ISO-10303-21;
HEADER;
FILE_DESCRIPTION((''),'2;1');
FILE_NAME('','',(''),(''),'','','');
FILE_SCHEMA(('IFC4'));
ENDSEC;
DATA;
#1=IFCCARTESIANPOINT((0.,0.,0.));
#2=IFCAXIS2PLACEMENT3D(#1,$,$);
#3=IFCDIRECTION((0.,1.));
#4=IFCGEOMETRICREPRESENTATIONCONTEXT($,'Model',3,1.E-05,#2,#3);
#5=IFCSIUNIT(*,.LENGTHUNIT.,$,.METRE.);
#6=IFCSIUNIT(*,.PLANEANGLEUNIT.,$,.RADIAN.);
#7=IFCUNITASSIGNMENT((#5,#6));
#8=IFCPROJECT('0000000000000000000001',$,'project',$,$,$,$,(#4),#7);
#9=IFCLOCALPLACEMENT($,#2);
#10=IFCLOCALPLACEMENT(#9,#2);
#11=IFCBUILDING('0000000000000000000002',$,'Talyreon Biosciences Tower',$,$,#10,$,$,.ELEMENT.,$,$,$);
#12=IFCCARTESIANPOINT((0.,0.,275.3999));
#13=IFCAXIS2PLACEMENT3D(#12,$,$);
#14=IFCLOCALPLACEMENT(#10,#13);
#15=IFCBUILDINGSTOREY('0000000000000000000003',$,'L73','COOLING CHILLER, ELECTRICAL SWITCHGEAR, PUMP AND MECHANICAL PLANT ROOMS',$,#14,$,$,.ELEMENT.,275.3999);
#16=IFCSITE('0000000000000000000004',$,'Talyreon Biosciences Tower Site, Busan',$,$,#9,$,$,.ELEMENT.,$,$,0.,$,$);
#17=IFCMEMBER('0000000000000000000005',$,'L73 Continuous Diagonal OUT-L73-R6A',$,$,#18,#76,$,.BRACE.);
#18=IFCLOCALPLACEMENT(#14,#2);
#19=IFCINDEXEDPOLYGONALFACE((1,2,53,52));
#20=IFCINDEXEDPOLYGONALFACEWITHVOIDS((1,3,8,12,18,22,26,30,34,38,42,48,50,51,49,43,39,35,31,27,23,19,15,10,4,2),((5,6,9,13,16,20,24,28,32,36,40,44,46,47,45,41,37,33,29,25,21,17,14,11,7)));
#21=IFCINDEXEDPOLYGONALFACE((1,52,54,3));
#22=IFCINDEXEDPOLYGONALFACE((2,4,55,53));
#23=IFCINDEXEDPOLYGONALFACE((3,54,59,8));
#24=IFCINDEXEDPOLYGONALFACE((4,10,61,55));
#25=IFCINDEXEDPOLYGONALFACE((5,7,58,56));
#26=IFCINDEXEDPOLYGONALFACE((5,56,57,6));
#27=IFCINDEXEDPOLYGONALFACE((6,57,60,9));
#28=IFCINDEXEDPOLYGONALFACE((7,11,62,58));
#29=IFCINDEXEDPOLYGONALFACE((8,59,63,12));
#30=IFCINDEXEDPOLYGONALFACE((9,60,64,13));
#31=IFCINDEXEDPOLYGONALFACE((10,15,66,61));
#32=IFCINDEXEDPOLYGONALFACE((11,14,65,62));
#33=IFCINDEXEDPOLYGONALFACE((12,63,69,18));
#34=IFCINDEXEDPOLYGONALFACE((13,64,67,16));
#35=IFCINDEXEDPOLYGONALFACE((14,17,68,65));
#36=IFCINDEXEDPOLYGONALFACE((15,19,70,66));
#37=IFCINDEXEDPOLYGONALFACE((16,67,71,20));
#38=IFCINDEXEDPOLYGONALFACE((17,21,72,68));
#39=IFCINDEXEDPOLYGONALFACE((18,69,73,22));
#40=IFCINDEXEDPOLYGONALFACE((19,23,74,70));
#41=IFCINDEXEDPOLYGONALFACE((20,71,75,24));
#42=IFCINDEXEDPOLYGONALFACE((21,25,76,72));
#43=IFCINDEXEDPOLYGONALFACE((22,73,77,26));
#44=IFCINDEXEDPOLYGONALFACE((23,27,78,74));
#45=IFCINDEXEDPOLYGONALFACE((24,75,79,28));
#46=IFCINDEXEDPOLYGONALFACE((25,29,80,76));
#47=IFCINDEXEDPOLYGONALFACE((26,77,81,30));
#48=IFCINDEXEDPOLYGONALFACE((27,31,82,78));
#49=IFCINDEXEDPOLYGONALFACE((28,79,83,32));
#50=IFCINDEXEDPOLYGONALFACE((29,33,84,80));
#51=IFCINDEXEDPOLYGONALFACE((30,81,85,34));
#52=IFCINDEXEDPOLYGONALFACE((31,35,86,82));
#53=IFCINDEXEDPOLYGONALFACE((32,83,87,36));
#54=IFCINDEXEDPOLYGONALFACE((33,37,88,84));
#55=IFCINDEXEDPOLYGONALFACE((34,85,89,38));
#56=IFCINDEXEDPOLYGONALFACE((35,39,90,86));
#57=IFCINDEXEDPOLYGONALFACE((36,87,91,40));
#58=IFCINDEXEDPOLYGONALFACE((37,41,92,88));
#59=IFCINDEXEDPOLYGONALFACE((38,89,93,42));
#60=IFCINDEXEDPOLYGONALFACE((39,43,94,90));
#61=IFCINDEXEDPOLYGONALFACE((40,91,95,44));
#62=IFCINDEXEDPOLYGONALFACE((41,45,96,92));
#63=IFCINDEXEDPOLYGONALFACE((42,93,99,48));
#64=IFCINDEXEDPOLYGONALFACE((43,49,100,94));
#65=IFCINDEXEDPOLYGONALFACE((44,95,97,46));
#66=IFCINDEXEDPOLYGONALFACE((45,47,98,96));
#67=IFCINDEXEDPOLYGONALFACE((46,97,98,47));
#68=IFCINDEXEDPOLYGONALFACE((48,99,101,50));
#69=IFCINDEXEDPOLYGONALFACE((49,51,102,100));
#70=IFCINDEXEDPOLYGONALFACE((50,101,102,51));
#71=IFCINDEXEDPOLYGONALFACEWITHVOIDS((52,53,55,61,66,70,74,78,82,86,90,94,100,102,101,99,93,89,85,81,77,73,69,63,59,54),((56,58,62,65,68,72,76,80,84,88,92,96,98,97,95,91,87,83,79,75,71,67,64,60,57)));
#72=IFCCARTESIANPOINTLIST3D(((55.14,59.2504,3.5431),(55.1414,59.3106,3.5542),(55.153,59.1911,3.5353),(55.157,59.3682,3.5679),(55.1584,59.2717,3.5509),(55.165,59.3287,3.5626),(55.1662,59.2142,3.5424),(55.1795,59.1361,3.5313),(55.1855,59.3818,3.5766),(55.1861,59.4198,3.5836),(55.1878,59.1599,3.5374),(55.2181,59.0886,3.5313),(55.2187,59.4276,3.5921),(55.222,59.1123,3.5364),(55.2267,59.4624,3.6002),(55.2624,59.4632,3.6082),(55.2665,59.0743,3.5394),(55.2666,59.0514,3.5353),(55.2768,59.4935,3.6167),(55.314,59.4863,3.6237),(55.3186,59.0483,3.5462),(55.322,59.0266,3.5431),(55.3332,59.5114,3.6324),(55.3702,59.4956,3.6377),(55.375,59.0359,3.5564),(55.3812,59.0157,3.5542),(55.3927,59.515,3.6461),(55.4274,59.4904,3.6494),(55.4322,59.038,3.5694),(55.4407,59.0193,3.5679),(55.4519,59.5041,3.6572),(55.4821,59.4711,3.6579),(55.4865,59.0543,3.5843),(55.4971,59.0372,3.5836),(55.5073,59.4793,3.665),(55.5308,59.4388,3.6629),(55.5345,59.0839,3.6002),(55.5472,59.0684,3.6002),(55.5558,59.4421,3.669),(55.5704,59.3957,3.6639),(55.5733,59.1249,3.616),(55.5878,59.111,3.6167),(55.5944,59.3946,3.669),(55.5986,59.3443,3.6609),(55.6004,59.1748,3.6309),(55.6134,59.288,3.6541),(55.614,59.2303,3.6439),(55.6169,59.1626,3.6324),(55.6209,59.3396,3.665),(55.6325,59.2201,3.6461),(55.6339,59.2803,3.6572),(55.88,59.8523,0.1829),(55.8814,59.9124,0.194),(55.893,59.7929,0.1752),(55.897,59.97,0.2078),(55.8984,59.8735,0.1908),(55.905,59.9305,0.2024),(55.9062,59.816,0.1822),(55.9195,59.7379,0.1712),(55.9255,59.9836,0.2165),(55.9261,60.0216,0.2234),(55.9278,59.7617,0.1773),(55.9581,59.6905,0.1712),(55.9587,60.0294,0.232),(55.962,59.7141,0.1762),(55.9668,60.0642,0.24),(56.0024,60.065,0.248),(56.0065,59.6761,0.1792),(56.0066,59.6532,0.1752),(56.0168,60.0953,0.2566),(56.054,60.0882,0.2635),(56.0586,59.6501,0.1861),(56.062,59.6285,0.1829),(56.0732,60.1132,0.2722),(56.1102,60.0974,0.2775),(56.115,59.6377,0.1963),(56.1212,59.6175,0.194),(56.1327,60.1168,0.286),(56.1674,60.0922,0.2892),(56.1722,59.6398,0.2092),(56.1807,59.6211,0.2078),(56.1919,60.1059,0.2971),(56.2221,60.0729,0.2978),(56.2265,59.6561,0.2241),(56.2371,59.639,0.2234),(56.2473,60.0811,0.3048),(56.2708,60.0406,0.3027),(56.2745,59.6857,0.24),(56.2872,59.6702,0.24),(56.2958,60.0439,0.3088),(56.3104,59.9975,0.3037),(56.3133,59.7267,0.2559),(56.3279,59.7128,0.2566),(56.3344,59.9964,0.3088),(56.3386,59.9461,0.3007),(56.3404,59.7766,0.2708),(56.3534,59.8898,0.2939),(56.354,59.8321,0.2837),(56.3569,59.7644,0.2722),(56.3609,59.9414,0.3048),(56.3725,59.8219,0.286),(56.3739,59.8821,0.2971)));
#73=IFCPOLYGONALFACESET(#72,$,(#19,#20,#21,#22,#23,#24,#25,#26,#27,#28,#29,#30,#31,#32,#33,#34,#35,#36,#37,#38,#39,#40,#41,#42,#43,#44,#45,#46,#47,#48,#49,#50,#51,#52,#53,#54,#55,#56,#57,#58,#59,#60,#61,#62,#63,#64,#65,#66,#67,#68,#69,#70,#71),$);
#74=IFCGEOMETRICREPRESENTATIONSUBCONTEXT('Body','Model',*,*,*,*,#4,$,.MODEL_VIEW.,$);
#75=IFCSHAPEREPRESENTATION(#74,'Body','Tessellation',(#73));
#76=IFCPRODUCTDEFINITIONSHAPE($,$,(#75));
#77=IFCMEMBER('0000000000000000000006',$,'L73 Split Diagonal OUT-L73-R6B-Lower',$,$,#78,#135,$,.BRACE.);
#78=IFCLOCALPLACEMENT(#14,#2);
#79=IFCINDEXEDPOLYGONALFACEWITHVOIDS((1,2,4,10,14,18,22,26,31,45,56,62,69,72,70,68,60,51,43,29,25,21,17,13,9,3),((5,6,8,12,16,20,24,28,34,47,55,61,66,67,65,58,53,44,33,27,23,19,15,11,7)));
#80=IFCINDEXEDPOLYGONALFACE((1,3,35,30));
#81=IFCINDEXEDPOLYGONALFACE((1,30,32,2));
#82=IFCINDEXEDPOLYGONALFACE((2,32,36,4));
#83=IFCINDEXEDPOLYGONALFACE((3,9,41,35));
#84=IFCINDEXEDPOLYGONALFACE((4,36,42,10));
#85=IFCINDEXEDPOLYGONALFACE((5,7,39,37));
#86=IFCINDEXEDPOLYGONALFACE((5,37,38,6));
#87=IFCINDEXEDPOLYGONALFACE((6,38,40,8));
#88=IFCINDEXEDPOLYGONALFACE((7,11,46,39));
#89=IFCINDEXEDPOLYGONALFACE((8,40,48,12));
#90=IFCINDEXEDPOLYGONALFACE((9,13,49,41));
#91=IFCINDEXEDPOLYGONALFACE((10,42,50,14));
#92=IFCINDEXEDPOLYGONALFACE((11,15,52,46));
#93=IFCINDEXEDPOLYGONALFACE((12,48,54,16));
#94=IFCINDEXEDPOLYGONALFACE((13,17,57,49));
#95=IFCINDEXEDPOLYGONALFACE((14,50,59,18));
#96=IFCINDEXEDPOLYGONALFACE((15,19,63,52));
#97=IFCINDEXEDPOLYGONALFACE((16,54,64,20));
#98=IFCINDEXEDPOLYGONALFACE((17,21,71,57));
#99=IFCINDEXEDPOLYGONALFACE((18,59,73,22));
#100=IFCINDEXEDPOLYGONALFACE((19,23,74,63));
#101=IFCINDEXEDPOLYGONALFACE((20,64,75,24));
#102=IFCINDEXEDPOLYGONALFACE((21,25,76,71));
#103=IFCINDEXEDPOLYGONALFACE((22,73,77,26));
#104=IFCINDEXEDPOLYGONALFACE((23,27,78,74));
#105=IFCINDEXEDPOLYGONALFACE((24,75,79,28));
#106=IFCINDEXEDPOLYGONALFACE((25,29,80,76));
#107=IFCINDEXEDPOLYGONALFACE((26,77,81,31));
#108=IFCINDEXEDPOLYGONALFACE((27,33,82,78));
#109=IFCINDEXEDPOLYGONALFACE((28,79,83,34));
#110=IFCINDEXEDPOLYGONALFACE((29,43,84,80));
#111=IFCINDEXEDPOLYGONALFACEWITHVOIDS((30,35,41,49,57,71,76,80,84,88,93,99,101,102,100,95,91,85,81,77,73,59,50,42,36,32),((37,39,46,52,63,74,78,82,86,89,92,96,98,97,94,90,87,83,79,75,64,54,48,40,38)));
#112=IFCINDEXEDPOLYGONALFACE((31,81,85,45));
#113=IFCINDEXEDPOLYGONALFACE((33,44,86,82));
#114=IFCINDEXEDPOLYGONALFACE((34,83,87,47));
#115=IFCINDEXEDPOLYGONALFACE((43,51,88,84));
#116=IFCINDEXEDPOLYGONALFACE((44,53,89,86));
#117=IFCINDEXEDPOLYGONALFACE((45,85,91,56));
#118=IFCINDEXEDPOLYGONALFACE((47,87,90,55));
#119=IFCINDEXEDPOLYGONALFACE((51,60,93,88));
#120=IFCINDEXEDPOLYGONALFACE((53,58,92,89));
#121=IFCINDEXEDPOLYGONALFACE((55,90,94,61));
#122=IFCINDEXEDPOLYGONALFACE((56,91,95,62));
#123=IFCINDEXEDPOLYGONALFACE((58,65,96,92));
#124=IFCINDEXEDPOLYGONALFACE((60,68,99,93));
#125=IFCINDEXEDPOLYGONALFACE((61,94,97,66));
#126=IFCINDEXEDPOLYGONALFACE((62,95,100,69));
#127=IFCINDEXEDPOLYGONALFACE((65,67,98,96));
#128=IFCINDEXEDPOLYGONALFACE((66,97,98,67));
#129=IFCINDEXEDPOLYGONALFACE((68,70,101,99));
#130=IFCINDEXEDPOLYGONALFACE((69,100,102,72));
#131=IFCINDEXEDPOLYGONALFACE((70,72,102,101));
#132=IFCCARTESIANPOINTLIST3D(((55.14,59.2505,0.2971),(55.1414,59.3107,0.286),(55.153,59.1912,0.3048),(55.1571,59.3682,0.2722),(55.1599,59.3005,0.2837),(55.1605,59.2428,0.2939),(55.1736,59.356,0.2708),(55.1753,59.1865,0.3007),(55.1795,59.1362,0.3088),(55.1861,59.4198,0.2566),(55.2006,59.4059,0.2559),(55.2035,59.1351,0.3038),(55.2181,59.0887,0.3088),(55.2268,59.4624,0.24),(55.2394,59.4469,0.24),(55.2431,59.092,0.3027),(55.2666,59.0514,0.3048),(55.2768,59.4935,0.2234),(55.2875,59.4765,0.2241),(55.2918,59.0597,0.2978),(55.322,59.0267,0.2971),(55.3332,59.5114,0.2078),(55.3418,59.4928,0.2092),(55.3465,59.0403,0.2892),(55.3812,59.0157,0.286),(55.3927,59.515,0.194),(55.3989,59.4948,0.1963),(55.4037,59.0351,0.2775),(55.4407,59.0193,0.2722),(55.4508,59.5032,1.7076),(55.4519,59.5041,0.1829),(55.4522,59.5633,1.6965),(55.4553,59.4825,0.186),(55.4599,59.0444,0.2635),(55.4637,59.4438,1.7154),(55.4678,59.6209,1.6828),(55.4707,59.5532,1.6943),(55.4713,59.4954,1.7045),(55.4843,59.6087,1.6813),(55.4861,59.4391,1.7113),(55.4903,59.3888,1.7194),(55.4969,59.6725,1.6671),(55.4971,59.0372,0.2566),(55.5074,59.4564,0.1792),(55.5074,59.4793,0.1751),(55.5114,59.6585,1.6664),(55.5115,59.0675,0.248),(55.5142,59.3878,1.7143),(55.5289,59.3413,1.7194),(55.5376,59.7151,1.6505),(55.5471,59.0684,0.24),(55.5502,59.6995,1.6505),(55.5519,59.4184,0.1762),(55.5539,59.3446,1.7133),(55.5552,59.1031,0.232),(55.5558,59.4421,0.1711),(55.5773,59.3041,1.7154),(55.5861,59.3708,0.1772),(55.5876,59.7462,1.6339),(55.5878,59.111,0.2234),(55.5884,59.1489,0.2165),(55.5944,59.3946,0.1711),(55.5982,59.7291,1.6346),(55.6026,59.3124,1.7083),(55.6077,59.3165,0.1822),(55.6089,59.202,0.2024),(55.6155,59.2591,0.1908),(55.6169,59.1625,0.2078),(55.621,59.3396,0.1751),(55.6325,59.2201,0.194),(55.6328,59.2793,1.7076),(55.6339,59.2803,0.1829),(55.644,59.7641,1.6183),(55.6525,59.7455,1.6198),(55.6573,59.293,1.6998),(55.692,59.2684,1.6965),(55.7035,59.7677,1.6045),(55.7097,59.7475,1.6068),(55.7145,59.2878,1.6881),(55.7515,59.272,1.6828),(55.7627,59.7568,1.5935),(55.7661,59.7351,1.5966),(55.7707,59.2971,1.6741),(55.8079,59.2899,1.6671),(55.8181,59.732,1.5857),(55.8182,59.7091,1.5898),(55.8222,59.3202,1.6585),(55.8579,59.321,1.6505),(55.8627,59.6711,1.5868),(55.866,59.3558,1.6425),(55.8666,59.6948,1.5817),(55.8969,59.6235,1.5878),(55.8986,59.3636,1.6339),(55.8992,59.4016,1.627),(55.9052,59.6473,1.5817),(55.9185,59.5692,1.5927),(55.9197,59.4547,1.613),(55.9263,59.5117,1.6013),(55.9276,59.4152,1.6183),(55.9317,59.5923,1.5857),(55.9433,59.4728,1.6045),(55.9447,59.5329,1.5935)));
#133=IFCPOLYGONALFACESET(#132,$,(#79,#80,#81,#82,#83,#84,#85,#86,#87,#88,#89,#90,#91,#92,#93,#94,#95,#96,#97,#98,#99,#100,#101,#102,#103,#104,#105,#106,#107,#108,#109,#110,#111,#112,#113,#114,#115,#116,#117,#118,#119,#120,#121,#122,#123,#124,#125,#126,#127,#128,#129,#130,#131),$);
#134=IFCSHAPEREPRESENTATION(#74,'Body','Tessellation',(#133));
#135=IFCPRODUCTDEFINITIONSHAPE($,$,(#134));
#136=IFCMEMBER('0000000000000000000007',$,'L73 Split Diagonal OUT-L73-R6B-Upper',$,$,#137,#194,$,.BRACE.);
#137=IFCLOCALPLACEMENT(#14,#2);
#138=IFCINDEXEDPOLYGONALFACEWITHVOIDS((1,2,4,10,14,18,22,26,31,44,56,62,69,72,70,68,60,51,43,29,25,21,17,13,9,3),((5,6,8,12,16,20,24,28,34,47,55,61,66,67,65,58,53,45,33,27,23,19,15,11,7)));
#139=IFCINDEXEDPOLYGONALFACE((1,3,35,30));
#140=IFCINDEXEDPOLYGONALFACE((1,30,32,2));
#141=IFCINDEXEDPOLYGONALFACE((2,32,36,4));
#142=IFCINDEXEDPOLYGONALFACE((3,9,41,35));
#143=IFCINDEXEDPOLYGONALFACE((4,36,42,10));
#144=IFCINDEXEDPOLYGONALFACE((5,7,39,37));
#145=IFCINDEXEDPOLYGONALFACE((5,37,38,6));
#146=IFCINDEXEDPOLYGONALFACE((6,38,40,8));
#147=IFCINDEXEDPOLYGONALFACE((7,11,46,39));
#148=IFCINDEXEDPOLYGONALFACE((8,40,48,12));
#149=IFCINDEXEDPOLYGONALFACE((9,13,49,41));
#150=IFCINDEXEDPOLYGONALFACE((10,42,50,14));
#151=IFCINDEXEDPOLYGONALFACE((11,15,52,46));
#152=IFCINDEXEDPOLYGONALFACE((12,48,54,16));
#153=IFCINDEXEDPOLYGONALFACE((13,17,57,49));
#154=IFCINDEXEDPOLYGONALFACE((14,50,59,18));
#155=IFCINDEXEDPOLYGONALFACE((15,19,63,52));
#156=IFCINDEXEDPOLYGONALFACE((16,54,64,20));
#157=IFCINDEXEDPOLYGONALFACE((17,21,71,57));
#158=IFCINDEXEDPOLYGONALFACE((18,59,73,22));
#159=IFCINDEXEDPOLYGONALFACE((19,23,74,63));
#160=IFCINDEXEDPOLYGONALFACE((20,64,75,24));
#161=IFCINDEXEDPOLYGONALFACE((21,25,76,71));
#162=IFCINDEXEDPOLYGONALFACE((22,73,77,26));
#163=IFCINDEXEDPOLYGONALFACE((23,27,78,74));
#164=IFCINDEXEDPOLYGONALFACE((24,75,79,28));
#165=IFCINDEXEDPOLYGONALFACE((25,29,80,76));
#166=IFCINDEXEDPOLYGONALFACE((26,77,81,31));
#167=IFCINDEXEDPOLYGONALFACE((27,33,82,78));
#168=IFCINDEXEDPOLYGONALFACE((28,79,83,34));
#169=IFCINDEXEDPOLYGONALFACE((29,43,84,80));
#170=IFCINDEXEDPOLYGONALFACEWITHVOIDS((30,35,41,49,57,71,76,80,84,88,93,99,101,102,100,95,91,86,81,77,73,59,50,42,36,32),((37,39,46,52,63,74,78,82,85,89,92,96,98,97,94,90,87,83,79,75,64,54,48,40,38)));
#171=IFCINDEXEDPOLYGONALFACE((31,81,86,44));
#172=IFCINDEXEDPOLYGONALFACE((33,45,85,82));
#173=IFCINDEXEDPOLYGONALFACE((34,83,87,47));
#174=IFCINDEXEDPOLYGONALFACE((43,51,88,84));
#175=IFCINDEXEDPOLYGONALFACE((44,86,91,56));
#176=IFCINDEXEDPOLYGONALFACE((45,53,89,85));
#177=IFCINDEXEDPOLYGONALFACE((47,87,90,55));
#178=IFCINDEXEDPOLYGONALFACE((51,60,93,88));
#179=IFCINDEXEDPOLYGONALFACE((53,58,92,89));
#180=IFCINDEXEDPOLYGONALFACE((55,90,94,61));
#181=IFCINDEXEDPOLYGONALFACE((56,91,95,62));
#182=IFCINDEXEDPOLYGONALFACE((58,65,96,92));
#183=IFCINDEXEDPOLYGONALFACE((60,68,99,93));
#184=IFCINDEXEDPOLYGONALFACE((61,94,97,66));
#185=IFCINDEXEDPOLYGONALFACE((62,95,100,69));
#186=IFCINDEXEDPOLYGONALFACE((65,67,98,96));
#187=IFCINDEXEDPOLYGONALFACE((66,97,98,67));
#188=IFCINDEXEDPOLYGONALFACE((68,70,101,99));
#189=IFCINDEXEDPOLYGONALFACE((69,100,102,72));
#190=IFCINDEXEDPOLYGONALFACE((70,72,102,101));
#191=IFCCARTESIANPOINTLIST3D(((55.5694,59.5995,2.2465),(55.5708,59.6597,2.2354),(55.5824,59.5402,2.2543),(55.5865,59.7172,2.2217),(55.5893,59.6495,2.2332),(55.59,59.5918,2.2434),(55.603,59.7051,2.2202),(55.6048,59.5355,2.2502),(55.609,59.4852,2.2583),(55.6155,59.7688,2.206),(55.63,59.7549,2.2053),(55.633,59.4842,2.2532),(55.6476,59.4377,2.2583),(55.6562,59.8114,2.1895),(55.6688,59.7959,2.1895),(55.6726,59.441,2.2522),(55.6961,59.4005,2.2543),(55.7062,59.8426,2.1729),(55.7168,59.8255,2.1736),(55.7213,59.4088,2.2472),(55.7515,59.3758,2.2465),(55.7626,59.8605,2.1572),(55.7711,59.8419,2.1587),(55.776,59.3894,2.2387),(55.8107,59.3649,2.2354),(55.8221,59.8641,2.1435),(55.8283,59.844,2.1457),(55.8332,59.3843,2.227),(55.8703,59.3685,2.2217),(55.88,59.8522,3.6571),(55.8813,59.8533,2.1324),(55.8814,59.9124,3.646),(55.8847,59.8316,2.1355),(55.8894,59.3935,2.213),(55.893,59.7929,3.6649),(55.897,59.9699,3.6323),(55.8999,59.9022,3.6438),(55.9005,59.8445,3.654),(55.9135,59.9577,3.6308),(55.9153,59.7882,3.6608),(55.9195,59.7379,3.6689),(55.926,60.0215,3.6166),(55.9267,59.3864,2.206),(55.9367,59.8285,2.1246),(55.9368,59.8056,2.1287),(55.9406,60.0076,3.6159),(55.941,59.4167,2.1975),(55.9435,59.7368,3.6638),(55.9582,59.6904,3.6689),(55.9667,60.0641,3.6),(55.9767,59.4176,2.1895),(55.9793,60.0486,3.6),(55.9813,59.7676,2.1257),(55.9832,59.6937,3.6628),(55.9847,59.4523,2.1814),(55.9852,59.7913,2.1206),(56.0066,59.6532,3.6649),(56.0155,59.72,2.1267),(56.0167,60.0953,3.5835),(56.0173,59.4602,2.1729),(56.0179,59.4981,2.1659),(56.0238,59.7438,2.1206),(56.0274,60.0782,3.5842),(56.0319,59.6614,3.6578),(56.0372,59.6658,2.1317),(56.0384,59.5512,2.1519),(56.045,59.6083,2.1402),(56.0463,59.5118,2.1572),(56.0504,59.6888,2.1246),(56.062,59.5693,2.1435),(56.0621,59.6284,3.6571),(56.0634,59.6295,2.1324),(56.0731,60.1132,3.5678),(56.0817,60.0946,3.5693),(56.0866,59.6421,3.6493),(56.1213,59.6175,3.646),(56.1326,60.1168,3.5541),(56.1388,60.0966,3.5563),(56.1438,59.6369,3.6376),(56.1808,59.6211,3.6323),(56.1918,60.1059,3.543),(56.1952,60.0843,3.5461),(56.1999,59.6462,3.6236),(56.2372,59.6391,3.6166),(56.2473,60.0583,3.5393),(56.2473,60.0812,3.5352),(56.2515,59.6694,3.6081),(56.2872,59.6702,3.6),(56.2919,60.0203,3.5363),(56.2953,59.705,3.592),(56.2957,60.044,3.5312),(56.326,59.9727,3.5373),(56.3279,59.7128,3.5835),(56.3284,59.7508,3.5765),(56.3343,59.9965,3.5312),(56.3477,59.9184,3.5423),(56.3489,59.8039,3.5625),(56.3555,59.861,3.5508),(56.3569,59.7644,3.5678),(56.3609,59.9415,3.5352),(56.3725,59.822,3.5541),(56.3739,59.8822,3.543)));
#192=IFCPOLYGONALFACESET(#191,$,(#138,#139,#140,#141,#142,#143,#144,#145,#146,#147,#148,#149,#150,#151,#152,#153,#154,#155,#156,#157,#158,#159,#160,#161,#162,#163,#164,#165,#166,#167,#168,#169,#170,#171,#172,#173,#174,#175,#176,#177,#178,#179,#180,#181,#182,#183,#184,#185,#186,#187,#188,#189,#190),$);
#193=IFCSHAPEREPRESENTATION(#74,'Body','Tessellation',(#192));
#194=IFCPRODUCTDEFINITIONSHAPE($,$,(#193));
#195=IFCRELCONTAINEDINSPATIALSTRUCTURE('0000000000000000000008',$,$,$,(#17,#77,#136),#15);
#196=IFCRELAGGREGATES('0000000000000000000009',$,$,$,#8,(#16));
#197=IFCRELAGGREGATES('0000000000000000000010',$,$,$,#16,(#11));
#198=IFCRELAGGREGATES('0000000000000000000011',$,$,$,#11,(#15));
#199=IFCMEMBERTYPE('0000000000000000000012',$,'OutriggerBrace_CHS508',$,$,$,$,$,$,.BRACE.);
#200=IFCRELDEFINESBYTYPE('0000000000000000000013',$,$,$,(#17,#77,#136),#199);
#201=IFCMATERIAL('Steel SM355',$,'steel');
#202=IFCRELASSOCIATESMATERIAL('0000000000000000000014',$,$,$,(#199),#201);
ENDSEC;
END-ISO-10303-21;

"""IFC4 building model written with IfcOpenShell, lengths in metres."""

from ifc_helpers import new_model, si_unit, direction, frame, origin, origin_2d, place, context, subcontext, project, spatial, hollow_circle, extrude, material, material_profile, profile_set, type_object, element, save


model = new_model("IFC4")

# Units and contexts
model_context = context("Model", 3, precision=1e-05, world=origin(), true_north=direction((0.0, 1.0)))
body_context = subcontext(model_context, "Body", "Model", "MODEL_VIEW")
ifc_project = project(units=[si_unit("LENGTHUNIT", "METRE"), si_unit("PLANEANGLEUNIT", "RADIAN")], contexts=[model_context])

# Site, building, storey
site_placement = place(None, origin())
site = spatial("IfcSite", under=ifc_project, at=site_placement, Name="Talyreon Biosciences Tower Site, Busan", CompositionType="ELEMENT", RefElevation=0.0)
building_placement = place(site_placement, origin())
building = spatial("IfcBuilding", under=site, at=building_placement, Name="Talyreon Biosciences Tower", CompositionType="ELEMENT")
storey_placement = place(building_placement, frame((0.0, 0.0, 275.3999)))
storey = spatial("IfcBuildingStorey", under=building, at=storey_placement, Name="L73", Description="COOLING CHILLER, ELECTRICAL SWITCHGEAR, PUMP AND MECHANICAL PLANT ROOMS", CompositionType="ELEMENT", Elevation=275.3999)

# Shared definitions
ifc_material_1 = material(Name="Steel SM355", Category="steel")

# Members
ifc_material_profile_1 = material_profile(ifc_material_1, hollow_circle(Radius=0.2539, WallThickness=0.02, at=origin_2d()), Name="CHS 508x20")
ifc_profile_set_1 = profile_set([ifc_material_profile_1], Name="Steel SM355")
member_type_1 = type_object("IfcMemberType", Name="OutriggerBrace_CHS508", PredefinedType="BRACE", material=ifc_profile_set_1)
member_1_placement = place(storey_placement, frame((56.127, 59.8672, 0.24), z_axis=(-0.211858, -0.172296, 0.961993), x_axis=(0.630949, -0.775824, 0.0)))
element("IfcMember", 1, at=member_1_placement, inside=storey, type_object=member_type_1, Name="L73 Continuous Diagonal OUT-L73-R6A", PredefinedType="BRACE", context=body_context, shape_type="SweptSolid", body=[
    extrude(hollow_circle(Radius=0.2539, WallThickness=0.02, at=origin_2d()), origin(), (0.0, 0.0, 1.0), 3.4929),
])
for number, where, z_axis, x_axis, name in (
    (2, (55.387, 59.2654, 0.24), (0.21194, 0.172316, 0.961971), (-0.630845, 0.775909, 0.0), "L73 Split Diagonal OUT-L73-R6B-Lower"),
    (3, (55.8164, 59.6145, 2.1895), (0.211781, 0.172322, 0.962005), (-0.631143, 0.775666, 0.0), "L73 Split Diagonal OUT-L73-R6B-Upper"),
):
    element("IfcMember", number, at=place(storey_placement, frame(where, z_axis=z_axis, x_axis=x_axis)), inside=storey, type_object=member_type_1, Name=name, PredefinedType="BRACE", context=body_context, shape_type="SweptSolid", body=[
        extrude(hollow_circle(Radius=0.2539, WallThickness=0.02, at=origin_2d()), origin(), (0.0, 0.0, 1.0), 1.4663),
    ])

save(model, "model.ifc")
